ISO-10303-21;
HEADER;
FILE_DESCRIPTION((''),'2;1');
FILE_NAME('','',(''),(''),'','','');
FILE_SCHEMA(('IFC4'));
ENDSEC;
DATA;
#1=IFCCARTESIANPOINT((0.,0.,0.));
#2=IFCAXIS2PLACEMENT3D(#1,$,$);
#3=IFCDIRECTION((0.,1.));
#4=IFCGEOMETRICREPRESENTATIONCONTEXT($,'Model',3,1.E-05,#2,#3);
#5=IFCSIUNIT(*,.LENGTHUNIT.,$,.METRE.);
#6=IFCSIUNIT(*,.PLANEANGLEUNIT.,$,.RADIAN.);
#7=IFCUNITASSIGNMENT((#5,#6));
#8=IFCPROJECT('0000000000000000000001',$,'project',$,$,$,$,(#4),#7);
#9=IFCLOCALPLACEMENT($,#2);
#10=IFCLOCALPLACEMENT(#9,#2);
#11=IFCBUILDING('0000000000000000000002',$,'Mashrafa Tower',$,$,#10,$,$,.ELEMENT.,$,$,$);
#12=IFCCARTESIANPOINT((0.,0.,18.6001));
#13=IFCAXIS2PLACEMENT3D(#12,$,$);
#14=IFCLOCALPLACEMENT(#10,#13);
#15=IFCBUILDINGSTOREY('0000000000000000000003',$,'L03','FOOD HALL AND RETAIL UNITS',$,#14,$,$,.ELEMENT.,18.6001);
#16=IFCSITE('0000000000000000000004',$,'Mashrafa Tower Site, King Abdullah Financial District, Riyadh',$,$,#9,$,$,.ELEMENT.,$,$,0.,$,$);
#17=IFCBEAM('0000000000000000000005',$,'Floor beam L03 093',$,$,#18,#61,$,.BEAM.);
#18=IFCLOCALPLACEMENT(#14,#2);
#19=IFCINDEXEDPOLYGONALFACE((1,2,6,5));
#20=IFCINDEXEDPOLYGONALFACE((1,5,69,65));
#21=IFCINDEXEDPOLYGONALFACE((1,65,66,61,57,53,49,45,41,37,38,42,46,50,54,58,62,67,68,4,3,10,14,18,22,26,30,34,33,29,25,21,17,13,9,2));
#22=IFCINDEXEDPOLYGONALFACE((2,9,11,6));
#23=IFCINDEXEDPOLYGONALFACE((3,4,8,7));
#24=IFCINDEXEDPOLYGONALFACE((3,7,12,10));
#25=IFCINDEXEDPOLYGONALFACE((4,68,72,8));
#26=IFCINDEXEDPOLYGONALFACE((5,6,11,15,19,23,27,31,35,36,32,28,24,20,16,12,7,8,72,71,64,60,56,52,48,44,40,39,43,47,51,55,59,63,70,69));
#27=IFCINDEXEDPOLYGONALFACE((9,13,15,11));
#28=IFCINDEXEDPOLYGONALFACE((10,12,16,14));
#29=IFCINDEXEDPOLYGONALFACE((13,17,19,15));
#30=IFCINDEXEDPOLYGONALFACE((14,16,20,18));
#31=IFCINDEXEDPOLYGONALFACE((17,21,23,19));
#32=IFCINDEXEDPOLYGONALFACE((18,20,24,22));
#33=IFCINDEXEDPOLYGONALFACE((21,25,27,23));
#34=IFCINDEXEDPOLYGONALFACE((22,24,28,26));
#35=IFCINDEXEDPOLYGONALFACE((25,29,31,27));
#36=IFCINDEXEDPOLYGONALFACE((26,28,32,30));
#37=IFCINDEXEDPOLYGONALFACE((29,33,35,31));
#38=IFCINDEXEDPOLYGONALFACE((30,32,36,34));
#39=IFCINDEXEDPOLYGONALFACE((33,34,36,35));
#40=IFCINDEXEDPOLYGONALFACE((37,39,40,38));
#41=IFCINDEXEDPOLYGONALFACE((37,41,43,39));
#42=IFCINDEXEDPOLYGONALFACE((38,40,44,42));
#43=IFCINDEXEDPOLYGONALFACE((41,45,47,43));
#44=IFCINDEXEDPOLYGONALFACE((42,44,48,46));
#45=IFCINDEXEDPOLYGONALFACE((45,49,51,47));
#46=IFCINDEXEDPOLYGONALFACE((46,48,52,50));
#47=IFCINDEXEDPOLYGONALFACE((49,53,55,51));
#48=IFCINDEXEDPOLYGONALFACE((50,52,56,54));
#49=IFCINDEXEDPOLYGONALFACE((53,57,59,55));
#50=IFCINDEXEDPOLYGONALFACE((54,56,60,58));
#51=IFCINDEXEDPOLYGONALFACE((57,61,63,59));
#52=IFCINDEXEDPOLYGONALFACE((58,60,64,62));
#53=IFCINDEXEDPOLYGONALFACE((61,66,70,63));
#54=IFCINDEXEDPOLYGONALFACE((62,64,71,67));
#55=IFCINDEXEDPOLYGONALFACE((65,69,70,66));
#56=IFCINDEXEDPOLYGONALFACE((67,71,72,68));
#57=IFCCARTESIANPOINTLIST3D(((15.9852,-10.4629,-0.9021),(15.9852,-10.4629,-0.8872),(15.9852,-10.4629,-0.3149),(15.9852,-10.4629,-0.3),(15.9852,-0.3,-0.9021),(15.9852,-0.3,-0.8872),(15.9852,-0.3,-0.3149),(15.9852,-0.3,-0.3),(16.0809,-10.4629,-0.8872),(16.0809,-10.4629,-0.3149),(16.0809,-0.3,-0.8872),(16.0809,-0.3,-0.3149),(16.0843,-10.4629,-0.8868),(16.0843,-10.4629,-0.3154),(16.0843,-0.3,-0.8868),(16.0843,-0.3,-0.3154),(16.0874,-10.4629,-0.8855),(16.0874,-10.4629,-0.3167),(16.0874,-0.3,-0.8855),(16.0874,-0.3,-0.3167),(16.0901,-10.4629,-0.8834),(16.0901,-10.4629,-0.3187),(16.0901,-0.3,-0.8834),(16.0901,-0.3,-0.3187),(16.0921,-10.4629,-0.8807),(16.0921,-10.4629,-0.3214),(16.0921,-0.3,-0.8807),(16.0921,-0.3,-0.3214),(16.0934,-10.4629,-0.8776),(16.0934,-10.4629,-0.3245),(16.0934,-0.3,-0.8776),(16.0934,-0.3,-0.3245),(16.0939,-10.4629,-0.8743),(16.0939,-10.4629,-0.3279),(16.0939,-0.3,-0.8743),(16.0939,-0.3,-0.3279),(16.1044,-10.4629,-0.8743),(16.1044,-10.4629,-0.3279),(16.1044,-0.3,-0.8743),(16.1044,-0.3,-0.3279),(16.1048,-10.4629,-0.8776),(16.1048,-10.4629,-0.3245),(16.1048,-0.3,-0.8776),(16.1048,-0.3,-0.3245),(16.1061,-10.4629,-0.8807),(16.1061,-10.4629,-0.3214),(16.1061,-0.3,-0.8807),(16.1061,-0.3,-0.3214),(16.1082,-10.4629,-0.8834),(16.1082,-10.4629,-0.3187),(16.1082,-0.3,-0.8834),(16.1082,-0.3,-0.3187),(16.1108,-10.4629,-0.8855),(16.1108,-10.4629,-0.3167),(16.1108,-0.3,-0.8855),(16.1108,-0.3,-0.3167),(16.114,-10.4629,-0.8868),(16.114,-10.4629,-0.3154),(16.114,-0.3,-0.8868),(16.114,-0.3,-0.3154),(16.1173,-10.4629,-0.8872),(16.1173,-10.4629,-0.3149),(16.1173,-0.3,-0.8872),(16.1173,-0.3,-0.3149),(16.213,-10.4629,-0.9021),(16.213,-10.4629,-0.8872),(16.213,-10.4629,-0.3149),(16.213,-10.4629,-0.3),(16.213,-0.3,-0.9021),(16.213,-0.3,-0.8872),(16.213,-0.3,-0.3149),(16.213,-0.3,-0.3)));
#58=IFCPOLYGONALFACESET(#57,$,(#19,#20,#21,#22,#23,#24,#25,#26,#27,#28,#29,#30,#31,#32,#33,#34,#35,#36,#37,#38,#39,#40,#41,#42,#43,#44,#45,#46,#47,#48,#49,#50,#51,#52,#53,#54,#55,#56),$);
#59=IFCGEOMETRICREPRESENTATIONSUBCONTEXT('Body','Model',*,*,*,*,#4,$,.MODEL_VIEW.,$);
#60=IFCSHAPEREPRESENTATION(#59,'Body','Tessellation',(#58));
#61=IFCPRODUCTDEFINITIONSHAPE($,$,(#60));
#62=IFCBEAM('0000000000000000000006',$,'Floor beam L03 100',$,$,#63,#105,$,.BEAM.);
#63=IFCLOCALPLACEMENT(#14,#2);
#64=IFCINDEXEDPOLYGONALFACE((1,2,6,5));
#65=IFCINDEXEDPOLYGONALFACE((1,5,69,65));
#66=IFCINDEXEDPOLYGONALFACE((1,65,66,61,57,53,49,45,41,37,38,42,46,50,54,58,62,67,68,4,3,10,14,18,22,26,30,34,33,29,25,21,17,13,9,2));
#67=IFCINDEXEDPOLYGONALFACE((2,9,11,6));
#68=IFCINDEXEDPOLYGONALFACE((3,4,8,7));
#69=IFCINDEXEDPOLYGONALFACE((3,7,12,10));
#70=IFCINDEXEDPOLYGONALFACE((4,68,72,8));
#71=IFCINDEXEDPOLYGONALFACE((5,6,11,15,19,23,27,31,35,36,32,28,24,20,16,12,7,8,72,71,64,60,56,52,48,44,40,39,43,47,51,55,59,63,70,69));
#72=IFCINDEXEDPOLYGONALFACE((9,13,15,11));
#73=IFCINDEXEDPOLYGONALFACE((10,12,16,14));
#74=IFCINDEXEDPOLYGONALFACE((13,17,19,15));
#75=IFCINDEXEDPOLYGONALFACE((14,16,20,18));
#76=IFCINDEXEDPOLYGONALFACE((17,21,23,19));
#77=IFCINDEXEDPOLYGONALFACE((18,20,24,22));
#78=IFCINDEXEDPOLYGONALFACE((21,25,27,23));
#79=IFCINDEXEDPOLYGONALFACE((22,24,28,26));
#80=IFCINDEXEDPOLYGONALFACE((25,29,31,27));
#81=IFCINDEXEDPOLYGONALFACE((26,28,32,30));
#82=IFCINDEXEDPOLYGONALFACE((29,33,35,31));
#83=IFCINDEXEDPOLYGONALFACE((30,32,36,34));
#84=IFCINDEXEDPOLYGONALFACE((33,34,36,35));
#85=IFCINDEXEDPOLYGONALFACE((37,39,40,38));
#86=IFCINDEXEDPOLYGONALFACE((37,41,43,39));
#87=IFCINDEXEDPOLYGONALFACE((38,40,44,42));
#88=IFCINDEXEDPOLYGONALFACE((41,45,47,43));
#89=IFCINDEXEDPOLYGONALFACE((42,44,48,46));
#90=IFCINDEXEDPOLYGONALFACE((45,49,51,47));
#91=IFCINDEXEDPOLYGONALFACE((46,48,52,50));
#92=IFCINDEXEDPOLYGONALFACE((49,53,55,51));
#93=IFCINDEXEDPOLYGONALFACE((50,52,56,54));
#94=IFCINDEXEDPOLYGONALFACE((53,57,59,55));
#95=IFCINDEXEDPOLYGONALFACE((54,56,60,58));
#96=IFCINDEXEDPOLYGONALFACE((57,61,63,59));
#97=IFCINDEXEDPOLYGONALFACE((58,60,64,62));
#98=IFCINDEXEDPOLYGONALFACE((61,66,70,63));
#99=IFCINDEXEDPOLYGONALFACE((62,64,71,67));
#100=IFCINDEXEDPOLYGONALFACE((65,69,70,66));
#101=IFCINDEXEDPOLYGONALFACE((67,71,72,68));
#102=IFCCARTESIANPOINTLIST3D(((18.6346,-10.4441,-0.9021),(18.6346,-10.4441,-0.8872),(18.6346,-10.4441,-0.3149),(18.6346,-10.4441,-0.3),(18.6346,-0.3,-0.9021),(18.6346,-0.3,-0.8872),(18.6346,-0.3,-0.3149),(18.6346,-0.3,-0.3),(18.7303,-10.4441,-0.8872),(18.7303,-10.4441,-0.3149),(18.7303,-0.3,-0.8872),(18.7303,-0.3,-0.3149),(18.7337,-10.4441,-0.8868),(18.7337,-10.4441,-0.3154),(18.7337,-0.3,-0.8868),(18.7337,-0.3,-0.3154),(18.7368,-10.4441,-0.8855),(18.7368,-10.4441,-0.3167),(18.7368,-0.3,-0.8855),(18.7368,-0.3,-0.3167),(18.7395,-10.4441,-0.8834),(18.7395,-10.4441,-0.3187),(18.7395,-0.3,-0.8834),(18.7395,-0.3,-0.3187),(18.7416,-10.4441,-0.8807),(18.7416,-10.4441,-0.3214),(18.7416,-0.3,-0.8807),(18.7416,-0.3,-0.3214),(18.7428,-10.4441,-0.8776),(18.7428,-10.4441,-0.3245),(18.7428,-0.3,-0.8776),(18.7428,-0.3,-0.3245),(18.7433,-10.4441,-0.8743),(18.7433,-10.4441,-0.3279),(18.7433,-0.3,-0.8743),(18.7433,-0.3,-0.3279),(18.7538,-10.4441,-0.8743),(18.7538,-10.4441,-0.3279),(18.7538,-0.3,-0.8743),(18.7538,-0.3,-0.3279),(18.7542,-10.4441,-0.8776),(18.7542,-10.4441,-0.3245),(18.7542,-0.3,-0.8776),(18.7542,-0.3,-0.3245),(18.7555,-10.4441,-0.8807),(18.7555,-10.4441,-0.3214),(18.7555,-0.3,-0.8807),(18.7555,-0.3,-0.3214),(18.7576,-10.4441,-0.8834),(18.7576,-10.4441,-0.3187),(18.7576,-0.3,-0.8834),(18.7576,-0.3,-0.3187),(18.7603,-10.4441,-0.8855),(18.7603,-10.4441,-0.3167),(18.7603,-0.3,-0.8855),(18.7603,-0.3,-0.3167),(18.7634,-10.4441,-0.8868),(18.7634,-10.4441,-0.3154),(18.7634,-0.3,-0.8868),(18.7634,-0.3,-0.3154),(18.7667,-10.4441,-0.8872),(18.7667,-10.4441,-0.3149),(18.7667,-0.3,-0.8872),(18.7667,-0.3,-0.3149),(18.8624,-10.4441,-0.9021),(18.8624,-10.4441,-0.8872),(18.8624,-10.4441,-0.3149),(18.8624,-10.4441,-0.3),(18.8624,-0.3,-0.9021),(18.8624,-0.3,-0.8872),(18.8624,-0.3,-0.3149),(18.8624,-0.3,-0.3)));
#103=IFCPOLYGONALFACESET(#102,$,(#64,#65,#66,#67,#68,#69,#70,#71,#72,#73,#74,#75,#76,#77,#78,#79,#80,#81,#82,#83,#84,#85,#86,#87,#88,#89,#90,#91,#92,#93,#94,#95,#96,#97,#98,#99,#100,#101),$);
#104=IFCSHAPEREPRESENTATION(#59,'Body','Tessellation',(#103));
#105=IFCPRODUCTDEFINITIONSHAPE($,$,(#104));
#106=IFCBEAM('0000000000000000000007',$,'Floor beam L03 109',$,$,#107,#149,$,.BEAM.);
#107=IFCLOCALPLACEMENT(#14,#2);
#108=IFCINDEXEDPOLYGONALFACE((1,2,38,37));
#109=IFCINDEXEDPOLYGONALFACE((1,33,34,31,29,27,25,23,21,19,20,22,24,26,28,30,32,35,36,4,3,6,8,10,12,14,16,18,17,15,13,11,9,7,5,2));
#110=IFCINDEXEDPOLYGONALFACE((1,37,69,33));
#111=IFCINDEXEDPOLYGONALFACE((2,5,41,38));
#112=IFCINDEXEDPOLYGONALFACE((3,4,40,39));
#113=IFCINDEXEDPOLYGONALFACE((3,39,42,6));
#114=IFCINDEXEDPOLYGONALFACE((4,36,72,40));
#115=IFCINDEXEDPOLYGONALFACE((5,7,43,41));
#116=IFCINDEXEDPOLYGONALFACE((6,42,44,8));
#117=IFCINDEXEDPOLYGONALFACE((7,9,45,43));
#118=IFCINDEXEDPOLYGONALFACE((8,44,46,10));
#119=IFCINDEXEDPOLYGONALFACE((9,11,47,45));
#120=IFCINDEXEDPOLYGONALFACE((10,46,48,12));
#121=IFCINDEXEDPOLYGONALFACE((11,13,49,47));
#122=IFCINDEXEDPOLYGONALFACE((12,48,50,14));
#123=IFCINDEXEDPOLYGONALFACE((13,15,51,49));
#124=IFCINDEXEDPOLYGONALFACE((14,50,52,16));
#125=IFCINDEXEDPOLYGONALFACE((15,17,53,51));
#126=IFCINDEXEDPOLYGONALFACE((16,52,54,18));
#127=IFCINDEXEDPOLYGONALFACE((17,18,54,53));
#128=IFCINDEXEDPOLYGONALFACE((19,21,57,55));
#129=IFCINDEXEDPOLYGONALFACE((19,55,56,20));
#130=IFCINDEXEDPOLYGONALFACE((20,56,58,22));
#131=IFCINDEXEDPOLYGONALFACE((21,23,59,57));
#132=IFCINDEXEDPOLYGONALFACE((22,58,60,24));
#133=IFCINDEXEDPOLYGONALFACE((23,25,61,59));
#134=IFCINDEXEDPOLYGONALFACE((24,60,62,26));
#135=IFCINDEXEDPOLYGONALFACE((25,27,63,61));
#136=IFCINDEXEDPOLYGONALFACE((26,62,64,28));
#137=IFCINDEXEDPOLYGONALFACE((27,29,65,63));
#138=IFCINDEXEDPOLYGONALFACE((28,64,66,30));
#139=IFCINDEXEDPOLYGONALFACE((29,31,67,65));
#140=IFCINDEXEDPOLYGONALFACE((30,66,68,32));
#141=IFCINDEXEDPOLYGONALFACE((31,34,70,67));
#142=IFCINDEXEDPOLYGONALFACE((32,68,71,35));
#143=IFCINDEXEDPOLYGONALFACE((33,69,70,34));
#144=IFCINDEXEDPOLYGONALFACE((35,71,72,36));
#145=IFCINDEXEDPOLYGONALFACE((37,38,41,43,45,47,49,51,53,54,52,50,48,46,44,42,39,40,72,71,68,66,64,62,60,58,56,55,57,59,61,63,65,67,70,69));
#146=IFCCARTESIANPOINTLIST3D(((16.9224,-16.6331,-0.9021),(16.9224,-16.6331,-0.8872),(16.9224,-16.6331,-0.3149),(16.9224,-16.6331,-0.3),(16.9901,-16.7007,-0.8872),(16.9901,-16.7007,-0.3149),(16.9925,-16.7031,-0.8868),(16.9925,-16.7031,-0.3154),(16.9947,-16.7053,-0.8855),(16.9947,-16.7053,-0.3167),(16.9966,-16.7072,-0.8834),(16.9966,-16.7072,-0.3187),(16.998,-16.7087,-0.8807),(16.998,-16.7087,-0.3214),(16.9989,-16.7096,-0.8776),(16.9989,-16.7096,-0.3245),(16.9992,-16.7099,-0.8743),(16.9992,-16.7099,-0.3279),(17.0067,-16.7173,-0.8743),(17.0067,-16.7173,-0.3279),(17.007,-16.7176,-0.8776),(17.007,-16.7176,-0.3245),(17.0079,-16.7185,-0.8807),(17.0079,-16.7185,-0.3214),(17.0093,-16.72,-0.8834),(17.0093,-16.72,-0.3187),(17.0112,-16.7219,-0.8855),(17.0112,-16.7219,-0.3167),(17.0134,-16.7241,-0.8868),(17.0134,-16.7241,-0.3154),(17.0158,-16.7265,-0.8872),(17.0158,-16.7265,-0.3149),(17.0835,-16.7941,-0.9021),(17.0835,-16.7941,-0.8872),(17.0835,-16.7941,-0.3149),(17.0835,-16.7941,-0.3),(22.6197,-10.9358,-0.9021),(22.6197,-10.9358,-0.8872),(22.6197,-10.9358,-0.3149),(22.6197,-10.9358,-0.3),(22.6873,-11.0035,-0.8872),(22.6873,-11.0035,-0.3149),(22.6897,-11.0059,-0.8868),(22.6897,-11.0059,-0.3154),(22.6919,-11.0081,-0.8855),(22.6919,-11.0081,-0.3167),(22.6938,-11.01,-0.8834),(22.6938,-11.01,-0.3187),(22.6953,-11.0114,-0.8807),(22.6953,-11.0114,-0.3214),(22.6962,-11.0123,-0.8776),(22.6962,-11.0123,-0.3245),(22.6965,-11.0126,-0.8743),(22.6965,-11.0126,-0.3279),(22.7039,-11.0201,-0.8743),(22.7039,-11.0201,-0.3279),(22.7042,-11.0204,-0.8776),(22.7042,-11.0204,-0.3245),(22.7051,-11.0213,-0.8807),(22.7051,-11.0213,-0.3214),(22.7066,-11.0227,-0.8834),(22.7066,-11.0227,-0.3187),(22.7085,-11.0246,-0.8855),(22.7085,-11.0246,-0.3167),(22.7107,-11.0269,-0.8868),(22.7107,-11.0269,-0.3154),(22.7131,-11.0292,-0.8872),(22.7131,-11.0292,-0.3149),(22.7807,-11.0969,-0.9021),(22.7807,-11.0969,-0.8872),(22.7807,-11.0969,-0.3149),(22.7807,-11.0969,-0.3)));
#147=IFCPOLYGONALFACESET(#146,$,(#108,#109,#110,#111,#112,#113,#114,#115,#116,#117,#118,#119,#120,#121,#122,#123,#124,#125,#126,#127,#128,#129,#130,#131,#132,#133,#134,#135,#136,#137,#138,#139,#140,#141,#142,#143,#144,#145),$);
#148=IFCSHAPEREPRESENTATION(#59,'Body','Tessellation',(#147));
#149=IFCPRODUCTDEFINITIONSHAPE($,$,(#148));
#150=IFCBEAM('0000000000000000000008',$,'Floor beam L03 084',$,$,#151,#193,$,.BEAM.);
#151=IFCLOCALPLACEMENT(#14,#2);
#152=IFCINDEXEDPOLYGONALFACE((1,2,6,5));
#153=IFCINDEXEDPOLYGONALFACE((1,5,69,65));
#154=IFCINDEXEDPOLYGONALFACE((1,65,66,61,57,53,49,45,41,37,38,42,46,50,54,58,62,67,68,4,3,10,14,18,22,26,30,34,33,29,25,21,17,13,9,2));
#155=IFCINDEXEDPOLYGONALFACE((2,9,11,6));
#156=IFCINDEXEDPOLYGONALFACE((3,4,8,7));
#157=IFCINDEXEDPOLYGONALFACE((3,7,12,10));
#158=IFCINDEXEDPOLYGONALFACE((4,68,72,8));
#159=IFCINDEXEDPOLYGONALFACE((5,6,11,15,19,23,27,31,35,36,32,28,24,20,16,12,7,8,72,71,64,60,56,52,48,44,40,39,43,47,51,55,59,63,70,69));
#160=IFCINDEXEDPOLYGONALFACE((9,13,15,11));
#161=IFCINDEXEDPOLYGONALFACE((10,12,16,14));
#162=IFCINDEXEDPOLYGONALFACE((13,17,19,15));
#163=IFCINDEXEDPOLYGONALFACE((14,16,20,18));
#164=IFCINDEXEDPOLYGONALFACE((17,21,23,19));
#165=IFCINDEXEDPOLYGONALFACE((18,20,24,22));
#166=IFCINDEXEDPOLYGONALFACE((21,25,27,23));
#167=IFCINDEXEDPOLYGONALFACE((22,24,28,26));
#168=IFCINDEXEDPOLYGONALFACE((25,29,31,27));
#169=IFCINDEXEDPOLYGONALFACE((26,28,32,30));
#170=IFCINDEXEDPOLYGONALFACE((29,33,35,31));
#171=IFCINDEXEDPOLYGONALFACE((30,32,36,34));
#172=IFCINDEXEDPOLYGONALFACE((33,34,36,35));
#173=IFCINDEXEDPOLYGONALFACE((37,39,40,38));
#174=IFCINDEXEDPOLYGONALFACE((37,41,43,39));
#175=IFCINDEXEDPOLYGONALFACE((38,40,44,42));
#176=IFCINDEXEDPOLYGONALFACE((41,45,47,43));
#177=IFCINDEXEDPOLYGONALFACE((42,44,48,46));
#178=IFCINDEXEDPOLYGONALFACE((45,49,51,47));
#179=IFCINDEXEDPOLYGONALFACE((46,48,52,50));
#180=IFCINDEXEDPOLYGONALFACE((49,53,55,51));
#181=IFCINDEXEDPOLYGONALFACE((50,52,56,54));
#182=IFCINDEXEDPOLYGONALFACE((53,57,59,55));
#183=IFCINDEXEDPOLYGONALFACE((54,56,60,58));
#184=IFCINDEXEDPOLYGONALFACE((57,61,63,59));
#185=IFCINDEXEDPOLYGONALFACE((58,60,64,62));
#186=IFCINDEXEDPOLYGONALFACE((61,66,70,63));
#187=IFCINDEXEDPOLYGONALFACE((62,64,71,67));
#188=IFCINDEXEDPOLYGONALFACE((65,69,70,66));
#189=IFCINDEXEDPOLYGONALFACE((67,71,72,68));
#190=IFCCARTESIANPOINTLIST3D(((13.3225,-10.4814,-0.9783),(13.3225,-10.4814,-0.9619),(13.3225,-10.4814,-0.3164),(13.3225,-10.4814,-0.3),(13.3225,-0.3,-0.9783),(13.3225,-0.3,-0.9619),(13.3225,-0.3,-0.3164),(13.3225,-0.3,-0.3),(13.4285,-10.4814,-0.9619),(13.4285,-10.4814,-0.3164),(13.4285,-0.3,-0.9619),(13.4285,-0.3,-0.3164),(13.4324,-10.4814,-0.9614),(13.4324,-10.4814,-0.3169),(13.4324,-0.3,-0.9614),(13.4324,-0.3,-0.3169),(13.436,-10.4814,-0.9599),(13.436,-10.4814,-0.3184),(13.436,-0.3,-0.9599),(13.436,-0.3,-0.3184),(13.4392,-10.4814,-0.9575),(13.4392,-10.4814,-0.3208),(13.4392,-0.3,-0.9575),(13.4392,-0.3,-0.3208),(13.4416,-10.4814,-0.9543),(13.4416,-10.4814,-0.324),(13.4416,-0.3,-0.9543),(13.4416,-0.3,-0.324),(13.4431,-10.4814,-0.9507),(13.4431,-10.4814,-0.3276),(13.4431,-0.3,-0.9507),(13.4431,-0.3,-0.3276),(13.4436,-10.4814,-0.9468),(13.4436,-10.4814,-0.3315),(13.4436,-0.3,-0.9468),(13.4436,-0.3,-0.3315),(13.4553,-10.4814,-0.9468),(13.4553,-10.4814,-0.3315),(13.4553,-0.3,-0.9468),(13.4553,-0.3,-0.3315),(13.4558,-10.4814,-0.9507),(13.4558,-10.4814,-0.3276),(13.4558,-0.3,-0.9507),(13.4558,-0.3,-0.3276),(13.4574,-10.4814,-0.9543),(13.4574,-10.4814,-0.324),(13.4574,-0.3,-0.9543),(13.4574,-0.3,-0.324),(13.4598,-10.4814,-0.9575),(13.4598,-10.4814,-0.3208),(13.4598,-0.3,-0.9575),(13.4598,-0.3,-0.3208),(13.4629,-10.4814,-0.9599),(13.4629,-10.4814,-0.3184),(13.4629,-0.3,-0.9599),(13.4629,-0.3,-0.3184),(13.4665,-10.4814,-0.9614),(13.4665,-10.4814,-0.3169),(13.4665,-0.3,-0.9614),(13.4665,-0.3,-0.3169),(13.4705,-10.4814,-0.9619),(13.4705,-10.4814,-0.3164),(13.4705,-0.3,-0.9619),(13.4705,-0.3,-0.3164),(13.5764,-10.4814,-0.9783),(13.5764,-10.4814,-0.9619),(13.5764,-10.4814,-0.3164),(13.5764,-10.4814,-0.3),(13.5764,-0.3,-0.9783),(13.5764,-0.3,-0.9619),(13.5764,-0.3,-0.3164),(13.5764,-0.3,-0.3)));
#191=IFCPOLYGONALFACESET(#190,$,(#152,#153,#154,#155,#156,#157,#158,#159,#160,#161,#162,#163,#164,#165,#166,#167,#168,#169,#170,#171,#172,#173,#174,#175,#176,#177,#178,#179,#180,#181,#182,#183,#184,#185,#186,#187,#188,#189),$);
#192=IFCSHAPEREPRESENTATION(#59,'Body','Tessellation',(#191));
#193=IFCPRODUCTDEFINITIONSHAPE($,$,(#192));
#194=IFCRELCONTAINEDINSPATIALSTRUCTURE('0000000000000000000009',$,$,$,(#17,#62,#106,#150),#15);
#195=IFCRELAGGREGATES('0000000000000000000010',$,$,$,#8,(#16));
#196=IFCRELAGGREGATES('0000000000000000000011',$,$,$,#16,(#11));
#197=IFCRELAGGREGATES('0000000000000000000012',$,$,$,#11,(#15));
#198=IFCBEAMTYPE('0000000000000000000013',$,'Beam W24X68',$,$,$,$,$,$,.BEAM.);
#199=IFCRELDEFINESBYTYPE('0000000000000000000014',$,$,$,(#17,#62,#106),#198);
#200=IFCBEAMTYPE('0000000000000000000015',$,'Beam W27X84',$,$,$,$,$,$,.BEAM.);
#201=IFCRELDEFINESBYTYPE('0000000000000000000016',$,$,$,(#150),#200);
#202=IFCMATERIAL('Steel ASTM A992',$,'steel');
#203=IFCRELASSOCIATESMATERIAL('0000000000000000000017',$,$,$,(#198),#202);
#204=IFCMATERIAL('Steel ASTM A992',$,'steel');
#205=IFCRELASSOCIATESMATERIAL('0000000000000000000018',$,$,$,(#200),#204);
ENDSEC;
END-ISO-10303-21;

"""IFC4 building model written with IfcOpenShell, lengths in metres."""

from ifc_helpers import new_model, si_unit, direction, frame, origin, origin_2d, place, context, subcontext, project, spatial, i_section, extrude, material, material_profile, profile_set, type_object, element, save


model = new_model("IFC4")

# Units and contexts
model_context = context("Model", 3, precision=1e-05, world=origin(), true_north=direction((0.0, 1.0)))
body_context = subcontext(model_context, "Body", "Model", "MODEL_VIEW")
ifc_project = project(units=[si_unit("LENGTHUNIT", "METRE"), si_unit("PLANEANGLEUNIT", "RADIAN")], contexts=[model_context])

# Site, building, storey
site_placement = place(None, origin())
site = spatial("IfcSite", under=ifc_project, at=site_placement, Name="Mashrafa Tower Site, King Abdullah Financial District, Riyadh", CompositionType="ELEMENT", RefElevation=0.0)
building_placement = place(site_placement, origin())
building = spatial("IfcBuilding", under=site, at=building_placement, Name="Mashrafa Tower", CompositionType="ELEMENT")
storey_placement = place(building_placement, frame((0.0, 0.0, 18.6001)))
storey = spatial("IfcBuildingStorey", under=building, at=storey_placement, Name="L03", Description="FOOD HALL AND RETAIL UNITS", CompositionType="ELEMENT", Elevation=18.6001)

# Beams
ifc_material_1 = material(Name="Steel ASTM A992", Category="steel")
ifc_material_profile_1 = material_profile(ifc_material_1, i_section(OverallWidth=0.2278, OverallDepth=0.6021, WebThickness=0.0105, FlangeThickness=0.0149, FilletRadius=0.0129, at=origin_2d()), Name="W24X68")
ifc_profile_set_1 = profile_set([ifc_material_profile_1], Name="Steel ASTM A992")
beam_type_1 = type_object("IfcBeamType", Name="Beam W24X68", PredefinedType="BEAM", material=ifc_profile_set_1)
beam_1_placement = place(storey_placement, frame((16.0991, -0.3, -0.6011), z_axis=(0.0, -1.0, 0.0), x_axis=(1.0, 0.0, 0.0)))
element("IfcBeam", 1, at=beam_1_placement, inside=storey, type_object=beam_type_1, Name="Floor beam L03 093", PredefinedType="BEAM", context=body_context, shape_type="SweptSolid", body=[
    extrude(i_section(OverallWidth=0.2278, OverallDepth=0.6021, WebThickness=0.0105, FlangeThickness=0.0149, FilletRadius=0.0129, at=origin_2d()), origin(), (0.0, 0.0, 1.0), 10.1628),
])
beam_2_placement = place(storey_placement, frame((18.7485, -0.3, -0.6011), z_axis=(0.0, -1.0, 0.0), x_axis=(1.0, 0.0, 0.0)))
element("IfcBeam", 2, at=beam_2_placement, inside=storey, type_object=beam_type_1, Name="Floor beam L03 100", PredefinedType="BEAM", context=body_context, shape_type="SweptSolid", body=[
    extrude(i_section(OverallWidth=0.2278, OverallDepth=0.6021, WebThickness=0.0105, FlangeThickness=0.0149, FilletRadius=0.0129, at=origin_2d()), origin(), (0.0, 0.0, 1.0), 10.144),
])
beam_3_placement = place(storey_placement, frame((22.7002, -11.0164, -0.6011), z_axis=(-0.707107, -0.707107, 0.0), x_axis=(0.707107, -0.707107, 0.0)))
element("IfcBeam", 3, at=beam_3_placement, inside=storey, type_object=beam_type_1, Name="Floor beam L03 109", PredefinedType="BEAM", context=body_context, shape_type="SweptSolid", body=[
    extrude(i_section(OverallWidth=0.2278, OverallDepth=0.6021, WebThickness=0.0105, FlangeThickness=0.0149, FilletRadius=0.0129, at=origin_2d()), origin(), (0.0, 0.0, 1.0), 8.0571),
])
ifc_material_2 = material(Name="Steel ASTM A992", Category="steel")
ifc_material_profile_2 = material_profile(ifc_material_2, i_section(OverallWidth=0.2539, OverallDepth=0.6782, WebThickness=0.0117, FlangeThickness=0.0164, FilletRadius=0.0151, at=origin_2d()), Name="W27X84")
ifc_profile_set_2 = profile_set([ifc_material_profile_2], Name="Steel ASTM A992")
beam_type_2 = type_object("IfcBeamType", Name="Beam W27X84", PredefinedType="BEAM", material=ifc_profile_set_2)
beam_4_placement = place(storey_placement, frame((13.4495, -0.3, -0.6392), z_axis=(0.0, -1.0, 0.0), x_axis=(1.0, 0.0, 0.0)))
element("IfcBeam", 4, at=beam_4_placement, inside=storey, type_object=beam_type_2, Name="Floor beam L03 084", PredefinedType="BEAM", context=body_context, shape_type="SweptSolid", body=[
    extrude(i_section(OverallWidth=0.2539, OverallDepth=0.6782, WebThickness=0.0117, FlangeThickness=0.0164, FilletRadius=0.0151, at=origin_2d()), origin(), (0.0, 0.0, 1.0), 10.1814),
])

save(model, "model.ifc")
